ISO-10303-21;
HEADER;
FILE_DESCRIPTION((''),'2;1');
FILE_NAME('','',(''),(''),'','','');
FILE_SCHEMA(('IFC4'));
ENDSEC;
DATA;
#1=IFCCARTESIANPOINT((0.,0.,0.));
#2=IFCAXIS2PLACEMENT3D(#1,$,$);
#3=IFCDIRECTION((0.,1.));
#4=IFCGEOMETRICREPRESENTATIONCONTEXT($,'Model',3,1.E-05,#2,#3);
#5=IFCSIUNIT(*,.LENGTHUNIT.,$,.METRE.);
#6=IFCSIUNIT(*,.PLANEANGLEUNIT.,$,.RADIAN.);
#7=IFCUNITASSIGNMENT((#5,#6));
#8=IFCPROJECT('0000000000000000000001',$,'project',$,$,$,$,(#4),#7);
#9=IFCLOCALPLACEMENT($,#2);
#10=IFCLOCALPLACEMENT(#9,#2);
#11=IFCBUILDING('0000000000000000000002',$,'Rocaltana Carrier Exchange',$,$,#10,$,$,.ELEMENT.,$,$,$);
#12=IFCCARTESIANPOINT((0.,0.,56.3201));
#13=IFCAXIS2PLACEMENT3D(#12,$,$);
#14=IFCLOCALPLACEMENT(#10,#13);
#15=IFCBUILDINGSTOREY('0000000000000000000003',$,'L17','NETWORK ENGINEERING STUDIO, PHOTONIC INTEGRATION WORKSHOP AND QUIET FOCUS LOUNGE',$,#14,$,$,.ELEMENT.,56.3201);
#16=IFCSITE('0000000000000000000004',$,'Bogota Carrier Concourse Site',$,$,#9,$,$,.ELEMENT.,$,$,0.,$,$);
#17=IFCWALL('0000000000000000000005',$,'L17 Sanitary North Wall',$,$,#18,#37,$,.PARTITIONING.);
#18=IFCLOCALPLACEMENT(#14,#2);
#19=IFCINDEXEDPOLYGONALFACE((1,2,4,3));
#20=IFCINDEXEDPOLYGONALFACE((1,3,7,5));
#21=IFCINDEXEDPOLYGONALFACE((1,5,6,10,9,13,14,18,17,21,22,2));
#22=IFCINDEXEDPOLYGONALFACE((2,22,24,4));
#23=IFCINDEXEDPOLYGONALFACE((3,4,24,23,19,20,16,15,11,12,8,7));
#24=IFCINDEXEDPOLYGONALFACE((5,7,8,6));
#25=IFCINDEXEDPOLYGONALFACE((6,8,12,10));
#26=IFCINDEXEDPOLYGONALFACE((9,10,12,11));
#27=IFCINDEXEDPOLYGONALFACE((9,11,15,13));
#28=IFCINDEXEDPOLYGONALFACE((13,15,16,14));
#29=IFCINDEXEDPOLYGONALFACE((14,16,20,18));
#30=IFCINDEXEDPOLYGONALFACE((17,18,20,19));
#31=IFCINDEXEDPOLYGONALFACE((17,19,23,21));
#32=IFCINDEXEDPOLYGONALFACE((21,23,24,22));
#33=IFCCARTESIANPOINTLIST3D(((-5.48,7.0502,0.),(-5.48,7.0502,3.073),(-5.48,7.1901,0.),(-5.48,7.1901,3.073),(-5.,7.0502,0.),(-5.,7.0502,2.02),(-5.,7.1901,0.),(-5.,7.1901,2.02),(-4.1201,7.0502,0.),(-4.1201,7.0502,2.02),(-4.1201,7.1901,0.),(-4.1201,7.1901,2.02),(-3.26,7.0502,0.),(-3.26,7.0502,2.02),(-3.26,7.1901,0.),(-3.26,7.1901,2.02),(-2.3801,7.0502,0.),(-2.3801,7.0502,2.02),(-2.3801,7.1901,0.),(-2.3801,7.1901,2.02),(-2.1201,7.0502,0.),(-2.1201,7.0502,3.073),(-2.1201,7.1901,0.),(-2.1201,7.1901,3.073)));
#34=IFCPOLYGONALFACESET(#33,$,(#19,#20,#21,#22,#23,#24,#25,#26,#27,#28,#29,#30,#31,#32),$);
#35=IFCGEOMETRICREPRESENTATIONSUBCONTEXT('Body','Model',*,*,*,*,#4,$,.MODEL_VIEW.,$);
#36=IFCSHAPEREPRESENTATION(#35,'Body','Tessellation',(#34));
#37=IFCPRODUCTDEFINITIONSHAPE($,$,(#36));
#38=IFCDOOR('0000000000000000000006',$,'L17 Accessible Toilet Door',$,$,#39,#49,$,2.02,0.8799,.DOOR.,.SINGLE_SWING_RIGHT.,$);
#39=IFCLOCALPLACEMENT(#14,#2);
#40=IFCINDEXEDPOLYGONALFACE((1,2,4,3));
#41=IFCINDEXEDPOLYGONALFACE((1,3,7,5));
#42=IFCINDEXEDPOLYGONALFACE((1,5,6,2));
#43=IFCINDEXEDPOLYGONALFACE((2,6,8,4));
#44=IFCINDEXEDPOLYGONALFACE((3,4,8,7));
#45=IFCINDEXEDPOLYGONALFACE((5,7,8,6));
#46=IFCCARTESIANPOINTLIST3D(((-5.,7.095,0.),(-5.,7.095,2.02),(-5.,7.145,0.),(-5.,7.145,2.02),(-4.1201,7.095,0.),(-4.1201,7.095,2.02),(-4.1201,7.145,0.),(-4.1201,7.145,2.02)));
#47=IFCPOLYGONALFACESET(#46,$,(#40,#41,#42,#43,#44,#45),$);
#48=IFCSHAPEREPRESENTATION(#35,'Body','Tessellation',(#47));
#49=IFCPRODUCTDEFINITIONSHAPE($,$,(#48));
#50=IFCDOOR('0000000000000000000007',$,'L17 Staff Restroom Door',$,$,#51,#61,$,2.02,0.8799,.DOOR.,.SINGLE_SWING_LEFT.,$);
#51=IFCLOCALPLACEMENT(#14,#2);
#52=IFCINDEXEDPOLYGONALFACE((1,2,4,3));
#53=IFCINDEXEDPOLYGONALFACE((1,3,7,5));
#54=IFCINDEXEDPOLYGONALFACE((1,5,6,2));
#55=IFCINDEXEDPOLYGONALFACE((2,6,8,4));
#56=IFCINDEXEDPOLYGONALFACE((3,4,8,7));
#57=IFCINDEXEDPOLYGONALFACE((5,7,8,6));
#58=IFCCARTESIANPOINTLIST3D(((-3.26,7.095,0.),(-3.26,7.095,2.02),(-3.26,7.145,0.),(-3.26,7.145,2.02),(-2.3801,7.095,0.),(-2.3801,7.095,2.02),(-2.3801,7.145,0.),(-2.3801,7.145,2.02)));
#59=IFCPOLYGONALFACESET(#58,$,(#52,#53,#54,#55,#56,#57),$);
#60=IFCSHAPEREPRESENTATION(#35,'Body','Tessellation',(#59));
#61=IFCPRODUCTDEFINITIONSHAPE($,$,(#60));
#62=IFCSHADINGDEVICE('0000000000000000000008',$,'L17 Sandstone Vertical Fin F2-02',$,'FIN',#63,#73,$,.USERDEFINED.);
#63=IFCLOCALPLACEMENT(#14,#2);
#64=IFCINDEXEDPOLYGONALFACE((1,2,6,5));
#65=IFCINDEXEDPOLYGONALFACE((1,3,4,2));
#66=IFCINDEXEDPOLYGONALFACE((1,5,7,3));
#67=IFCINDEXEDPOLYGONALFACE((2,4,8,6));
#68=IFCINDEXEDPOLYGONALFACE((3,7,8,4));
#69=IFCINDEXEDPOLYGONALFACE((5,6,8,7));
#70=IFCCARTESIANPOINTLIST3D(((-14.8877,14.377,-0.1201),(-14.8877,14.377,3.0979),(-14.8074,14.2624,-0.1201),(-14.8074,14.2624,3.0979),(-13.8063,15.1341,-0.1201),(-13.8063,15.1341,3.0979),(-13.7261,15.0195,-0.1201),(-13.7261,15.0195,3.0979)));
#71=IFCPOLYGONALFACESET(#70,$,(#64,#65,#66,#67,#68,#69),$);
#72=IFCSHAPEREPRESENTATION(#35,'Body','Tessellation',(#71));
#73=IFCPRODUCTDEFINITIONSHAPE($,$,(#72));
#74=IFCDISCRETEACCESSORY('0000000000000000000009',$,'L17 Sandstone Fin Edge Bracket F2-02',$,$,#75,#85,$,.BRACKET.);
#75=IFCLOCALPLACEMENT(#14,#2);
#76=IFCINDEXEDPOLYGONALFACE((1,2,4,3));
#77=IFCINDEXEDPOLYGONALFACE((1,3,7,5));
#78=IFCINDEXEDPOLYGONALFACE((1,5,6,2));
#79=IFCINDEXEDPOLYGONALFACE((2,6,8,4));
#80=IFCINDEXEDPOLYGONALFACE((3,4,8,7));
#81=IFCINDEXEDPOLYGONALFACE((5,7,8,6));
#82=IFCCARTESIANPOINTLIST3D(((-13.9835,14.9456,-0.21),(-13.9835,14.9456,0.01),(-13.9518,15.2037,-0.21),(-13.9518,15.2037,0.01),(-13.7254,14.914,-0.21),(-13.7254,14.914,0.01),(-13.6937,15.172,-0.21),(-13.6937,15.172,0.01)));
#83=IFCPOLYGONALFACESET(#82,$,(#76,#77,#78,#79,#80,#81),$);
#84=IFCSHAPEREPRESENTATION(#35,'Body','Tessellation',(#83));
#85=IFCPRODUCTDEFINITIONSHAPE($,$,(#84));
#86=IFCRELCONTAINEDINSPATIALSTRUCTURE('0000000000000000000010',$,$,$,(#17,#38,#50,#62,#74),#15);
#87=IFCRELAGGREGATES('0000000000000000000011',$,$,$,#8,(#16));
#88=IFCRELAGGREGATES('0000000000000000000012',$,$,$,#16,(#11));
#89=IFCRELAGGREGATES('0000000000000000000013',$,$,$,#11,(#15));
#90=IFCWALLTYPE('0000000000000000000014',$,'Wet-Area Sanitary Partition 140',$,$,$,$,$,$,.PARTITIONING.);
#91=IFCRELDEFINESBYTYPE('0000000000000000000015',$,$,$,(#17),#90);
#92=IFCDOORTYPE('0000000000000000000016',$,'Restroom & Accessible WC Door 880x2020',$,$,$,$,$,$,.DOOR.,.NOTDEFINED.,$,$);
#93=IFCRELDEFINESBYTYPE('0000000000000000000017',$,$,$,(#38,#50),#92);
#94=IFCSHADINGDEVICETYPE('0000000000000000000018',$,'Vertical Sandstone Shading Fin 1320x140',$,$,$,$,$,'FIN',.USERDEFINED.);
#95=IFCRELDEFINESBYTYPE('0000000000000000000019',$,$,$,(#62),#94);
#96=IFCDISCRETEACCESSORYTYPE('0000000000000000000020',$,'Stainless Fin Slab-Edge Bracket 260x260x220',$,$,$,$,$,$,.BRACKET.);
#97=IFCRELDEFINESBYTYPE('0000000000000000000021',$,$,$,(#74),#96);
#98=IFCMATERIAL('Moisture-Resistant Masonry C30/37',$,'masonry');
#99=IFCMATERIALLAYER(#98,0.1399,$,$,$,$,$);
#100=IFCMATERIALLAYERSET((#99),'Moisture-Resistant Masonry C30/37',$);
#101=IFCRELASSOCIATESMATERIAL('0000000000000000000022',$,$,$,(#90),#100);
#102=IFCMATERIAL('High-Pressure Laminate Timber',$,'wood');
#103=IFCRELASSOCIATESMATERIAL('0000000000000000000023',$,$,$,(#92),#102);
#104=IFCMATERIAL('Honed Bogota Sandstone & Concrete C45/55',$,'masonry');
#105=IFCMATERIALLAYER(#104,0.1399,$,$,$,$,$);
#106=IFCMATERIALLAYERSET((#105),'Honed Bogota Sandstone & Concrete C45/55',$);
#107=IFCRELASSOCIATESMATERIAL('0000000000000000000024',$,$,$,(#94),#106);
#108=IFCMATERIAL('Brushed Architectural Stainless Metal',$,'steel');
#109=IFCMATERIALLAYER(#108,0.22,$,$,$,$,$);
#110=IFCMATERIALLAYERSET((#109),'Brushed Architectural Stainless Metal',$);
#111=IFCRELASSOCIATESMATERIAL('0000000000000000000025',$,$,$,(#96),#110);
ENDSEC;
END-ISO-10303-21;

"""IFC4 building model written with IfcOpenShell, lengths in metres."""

from ifc_helpers import new_model, si_unit, direction, frame, frame_2d, origin, origin_2d, place, context, subcontext, project, spatial, rectangle, extrude, material, layer, layer_set, type_object, element, fill, save


model = new_model("IFC4")

# Units and contexts
model_context = context("Model", 3, precision=1e-05, world=origin(), true_north=direction((0.0, 1.0)))
body_context = subcontext(model_context, "Body", "Model", "MODEL_VIEW")
ifc_project = project(units=[si_unit("LENGTHUNIT", "METRE"), si_unit("PLANEANGLEUNIT", "RADIAN")], contexts=[model_context])

# Site, building, storey
site_placement = place(None, origin())
site = spatial("IfcSite", under=ifc_project, at=site_placement, Name="Bogota Carrier Concourse Site", CompositionType="ELEMENT", RefElevation=0.0)
building_placement = place(site_placement, origin())
building = spatial("IfcBuilding", under=site, at=building_placement, Name="Rocaltana Carrier Exchange", CompositionType="ELEMENT")
storey_placement = place(building_placement, frame((0.0, 0.0, 56.3201)))
storey = spatial("IfcBuildingStorey", under=building, at=storey_placement, Name="L17", Description="NETWORK ENGINEERING STUDIO, PHOTONIC INTEGRATION WORKSHOP AND QUIET FOCUS LOUNGE", CompositionType="ELEMENT", Elevation=56.3201)

# Wall, openings, doors
ifc_material_1 = material(Name="Moisture-Resistant Masonry C30/37", Category="masonry")
ifc_layer_1 = layer(ifc_material_1, 0.1399)
ifc_layer_set_1 = layer_set([ifc_layer_1], Name="Moisture-Resistant Masonry C30/37")
wall_type_1 = type_object("IfcWallType", Name="Wet-Area Sanitary Partition 140", PredefinedType="PARTITIONING", material=ifc_layer_set_1)
wall_1_placement = place(storey_placement, frame((-5.48, 7.1201, 0.0), z_axis=(0.0, 0.0, 1.0), x_axis=(1.0, 0.0, 0.0)))
wall_1 = element("IfcWall", 1, at=wall_1_placement, inside=storey, type_object=wall_type_1, Name="L17 Sanitary North Wall", PredefinedType="PARTITIONING", context=body_context, shape_type="SweptSolid", body=[
    extrude(rectangle(XDim=3.3599, YDim=0.1399, at=frame_2d((1.6799, 0.0))), origin(), (0.0, 0.0, 1.0), 3.073),
])
opening_1_placement = place(wall_1_placement, frame((0.48, 0.0, 0.0)))
opening_1 = element("IfcOpeningElement", 2, at=opening_1_placement, cuts=wall_1, PredefinedType="OPENING", context=body_context, shape_type="SweptSolid", body=[
    extrude(rectangle(XDim=0.8799, YDim=2.02, at=frame_2d((0.4399, 1.01))), frame((0.0, 0.0798, 0.0), z_axis=(0.0, -1.0, 0.0), x_axis=(1.0, 0.0, 0.0)), (0.0, 0.0, 1.0), 0.1599),
])
opening_2_placement = place(wall_1_placement, frame((2.22, 0.0, 0.0)))
opening_2 = element("IfcOpeningElement", 3, at=opening_2_placement, cuts=wall_1, PredefinedType="OPENING", context=body_context, shape_type="SweptSolid", body=[
    extrude(rectangle(XDim=0.8799, YDim=2.02, at=frame_2d((0.4399, 1.01))), frame((0.0, 0.0798, 0.0), z_axis=(0.0, -1.0, 0.0), x_axis=(1.0, 0.0, 0.0)), (0.0, 0.0, 1.0), 0.1599),
])
ifc_material_2 = material(Name="High-Pressure Laminate Timber", Category="wood")
door_type_1 = type_object("IfcDoorType", Name="Restroom & Accessible WC Door 880x2020", OperationType="NOTDEFINED", PredefinedType="DOOR", material=ifc_material_2)
door_1_placement = place(opening_1_placement, origin())
door_1 = element("IfcDoor", 4, at=door_1_placement, inside=storey, type_object=door_type_1, Name="L17 Accessible Toilet Door", OperationType="SINGLE_SWING_RIGHT", OverallHeight=2.02, OverallWidth=0.8799, PredefinedType="DOOR", context=body_context, shape_type="SweptSolid", body=[
    extrude(rectangle(XDim=0.8799, YDim=2.02, at=frame_2d((0.4399, 1.01))), frame((0.0, 0.0249, 0.0), z_axis=(0.0, -1.0, 0.0), x_axis=(1.0, 0.0, 0.0)), (0.0, 0.0, 1.0), 0.05),
])
fill(opening_1, door_1)
door_2_placement = place(opening_2_placement, origin())
door_2 = element("IfcDoor", 5, at=door_2_placement, inside=storey, type_object=door_type_1, Name="L17 Staff Restroom Door", OperationType="SINGLE_SWING_LEFT", OverallHeight=2.02, OverallWidth=0.8799, PredefinedType="DOOR", context=body_context, shape_type="SweptSolid", body=[
    extrude(rectangle(XDim=0.8799, YDim=2.02, at=frame_2d((0.4399, 1.01))), frame((0.0, 0.0249, 0.0), z_axis=(0.0, -1.0, 0.0), x_axis=(1.0, 0.0, 0.0)), (0.0, 0.0, 1.0), 0.05),
])
fill(opening_2, door_2)

# Shading device
ifc_material_3 = material(Name="Honed Bogota Sandstone & Concrete C45/55", Category="masonry")
ifc_layer_2 = layer(ifc_material_3, 0.1399)
ifc_layer_set_2 = layer_set([ifc_layer_2], Name="Honed Bogota Sandstone & Concrete C45/55")
shading_device_type = type_object("IfcShadingDeviceType", Name="Vertical Sandstone Shading Fin 1320x140", ElementType="FIN", PredefinedType="USERDEFINED", material=ifc_layer_set_2)
shading_device_placement = place(storey_placement, frame((-14.3069, 14.6982, -0.1201), z_axis=(0.0, 0.0, 1.0), x_axis=(-0.819152, -0.573576, 0.0)))
element("IfcShadingDevice", 6, at=shading_device_placement, inside=storey, type_object=shading_device_type, Name="L17 Sandstone Vertical Fin F2-02", ObjectType="FIN", PredefinedType="USERDEFINED", context=body_context, shape_type="SweptSolid", body=[
    extrude(rectangle(XDim=1.3201, YDim=0.1399, at=origin_2d()), origin(), (0.0, 0.0, 1.0), 3.218),
])

# Discrete accessory
ifc_material_4 = material(Name="Brushed Architectural Stainless Metal", Category="steel")
ifc_layer_3 = layer(ifc_material_4, 0.22)
ifc_layer_set_3 = layer_set([ifc_layer_3], Name="Brushed Architectural Stainless Metal")
discrete_accessory_type = type_object("IfcDiscreteAccessoryType", Name="Stainless Fin Slab-Edge Bracket 260x260x220", PredefinedType="BRACKET", material=ifc_layer_set_3)
discrete_accessory_placement = place(storey_placement, frame((-13.8386, 15.0588, -0.21), z_axis=(0.0, 0.0, 1.0), x_axis=(-0.121869, -0.992546, 0.0)))
element("IfcDiscreteAccessory", 7, at=discrete_accessory_placement, inside=storey, type_object=discrete_accessory_type, Name="L17 Sandstone Fin Edge Bracket F2-02", PredefinedType="BRACKET", context=body_context, shape_type="SweptSolid", body=[
    extrude(rectangle(XDim=0.26, YDim=0.26, at=origin_2d()), origin(), (0.0, 0.0, 1.0), 0.22),
])

save(model, "model.ifc")
